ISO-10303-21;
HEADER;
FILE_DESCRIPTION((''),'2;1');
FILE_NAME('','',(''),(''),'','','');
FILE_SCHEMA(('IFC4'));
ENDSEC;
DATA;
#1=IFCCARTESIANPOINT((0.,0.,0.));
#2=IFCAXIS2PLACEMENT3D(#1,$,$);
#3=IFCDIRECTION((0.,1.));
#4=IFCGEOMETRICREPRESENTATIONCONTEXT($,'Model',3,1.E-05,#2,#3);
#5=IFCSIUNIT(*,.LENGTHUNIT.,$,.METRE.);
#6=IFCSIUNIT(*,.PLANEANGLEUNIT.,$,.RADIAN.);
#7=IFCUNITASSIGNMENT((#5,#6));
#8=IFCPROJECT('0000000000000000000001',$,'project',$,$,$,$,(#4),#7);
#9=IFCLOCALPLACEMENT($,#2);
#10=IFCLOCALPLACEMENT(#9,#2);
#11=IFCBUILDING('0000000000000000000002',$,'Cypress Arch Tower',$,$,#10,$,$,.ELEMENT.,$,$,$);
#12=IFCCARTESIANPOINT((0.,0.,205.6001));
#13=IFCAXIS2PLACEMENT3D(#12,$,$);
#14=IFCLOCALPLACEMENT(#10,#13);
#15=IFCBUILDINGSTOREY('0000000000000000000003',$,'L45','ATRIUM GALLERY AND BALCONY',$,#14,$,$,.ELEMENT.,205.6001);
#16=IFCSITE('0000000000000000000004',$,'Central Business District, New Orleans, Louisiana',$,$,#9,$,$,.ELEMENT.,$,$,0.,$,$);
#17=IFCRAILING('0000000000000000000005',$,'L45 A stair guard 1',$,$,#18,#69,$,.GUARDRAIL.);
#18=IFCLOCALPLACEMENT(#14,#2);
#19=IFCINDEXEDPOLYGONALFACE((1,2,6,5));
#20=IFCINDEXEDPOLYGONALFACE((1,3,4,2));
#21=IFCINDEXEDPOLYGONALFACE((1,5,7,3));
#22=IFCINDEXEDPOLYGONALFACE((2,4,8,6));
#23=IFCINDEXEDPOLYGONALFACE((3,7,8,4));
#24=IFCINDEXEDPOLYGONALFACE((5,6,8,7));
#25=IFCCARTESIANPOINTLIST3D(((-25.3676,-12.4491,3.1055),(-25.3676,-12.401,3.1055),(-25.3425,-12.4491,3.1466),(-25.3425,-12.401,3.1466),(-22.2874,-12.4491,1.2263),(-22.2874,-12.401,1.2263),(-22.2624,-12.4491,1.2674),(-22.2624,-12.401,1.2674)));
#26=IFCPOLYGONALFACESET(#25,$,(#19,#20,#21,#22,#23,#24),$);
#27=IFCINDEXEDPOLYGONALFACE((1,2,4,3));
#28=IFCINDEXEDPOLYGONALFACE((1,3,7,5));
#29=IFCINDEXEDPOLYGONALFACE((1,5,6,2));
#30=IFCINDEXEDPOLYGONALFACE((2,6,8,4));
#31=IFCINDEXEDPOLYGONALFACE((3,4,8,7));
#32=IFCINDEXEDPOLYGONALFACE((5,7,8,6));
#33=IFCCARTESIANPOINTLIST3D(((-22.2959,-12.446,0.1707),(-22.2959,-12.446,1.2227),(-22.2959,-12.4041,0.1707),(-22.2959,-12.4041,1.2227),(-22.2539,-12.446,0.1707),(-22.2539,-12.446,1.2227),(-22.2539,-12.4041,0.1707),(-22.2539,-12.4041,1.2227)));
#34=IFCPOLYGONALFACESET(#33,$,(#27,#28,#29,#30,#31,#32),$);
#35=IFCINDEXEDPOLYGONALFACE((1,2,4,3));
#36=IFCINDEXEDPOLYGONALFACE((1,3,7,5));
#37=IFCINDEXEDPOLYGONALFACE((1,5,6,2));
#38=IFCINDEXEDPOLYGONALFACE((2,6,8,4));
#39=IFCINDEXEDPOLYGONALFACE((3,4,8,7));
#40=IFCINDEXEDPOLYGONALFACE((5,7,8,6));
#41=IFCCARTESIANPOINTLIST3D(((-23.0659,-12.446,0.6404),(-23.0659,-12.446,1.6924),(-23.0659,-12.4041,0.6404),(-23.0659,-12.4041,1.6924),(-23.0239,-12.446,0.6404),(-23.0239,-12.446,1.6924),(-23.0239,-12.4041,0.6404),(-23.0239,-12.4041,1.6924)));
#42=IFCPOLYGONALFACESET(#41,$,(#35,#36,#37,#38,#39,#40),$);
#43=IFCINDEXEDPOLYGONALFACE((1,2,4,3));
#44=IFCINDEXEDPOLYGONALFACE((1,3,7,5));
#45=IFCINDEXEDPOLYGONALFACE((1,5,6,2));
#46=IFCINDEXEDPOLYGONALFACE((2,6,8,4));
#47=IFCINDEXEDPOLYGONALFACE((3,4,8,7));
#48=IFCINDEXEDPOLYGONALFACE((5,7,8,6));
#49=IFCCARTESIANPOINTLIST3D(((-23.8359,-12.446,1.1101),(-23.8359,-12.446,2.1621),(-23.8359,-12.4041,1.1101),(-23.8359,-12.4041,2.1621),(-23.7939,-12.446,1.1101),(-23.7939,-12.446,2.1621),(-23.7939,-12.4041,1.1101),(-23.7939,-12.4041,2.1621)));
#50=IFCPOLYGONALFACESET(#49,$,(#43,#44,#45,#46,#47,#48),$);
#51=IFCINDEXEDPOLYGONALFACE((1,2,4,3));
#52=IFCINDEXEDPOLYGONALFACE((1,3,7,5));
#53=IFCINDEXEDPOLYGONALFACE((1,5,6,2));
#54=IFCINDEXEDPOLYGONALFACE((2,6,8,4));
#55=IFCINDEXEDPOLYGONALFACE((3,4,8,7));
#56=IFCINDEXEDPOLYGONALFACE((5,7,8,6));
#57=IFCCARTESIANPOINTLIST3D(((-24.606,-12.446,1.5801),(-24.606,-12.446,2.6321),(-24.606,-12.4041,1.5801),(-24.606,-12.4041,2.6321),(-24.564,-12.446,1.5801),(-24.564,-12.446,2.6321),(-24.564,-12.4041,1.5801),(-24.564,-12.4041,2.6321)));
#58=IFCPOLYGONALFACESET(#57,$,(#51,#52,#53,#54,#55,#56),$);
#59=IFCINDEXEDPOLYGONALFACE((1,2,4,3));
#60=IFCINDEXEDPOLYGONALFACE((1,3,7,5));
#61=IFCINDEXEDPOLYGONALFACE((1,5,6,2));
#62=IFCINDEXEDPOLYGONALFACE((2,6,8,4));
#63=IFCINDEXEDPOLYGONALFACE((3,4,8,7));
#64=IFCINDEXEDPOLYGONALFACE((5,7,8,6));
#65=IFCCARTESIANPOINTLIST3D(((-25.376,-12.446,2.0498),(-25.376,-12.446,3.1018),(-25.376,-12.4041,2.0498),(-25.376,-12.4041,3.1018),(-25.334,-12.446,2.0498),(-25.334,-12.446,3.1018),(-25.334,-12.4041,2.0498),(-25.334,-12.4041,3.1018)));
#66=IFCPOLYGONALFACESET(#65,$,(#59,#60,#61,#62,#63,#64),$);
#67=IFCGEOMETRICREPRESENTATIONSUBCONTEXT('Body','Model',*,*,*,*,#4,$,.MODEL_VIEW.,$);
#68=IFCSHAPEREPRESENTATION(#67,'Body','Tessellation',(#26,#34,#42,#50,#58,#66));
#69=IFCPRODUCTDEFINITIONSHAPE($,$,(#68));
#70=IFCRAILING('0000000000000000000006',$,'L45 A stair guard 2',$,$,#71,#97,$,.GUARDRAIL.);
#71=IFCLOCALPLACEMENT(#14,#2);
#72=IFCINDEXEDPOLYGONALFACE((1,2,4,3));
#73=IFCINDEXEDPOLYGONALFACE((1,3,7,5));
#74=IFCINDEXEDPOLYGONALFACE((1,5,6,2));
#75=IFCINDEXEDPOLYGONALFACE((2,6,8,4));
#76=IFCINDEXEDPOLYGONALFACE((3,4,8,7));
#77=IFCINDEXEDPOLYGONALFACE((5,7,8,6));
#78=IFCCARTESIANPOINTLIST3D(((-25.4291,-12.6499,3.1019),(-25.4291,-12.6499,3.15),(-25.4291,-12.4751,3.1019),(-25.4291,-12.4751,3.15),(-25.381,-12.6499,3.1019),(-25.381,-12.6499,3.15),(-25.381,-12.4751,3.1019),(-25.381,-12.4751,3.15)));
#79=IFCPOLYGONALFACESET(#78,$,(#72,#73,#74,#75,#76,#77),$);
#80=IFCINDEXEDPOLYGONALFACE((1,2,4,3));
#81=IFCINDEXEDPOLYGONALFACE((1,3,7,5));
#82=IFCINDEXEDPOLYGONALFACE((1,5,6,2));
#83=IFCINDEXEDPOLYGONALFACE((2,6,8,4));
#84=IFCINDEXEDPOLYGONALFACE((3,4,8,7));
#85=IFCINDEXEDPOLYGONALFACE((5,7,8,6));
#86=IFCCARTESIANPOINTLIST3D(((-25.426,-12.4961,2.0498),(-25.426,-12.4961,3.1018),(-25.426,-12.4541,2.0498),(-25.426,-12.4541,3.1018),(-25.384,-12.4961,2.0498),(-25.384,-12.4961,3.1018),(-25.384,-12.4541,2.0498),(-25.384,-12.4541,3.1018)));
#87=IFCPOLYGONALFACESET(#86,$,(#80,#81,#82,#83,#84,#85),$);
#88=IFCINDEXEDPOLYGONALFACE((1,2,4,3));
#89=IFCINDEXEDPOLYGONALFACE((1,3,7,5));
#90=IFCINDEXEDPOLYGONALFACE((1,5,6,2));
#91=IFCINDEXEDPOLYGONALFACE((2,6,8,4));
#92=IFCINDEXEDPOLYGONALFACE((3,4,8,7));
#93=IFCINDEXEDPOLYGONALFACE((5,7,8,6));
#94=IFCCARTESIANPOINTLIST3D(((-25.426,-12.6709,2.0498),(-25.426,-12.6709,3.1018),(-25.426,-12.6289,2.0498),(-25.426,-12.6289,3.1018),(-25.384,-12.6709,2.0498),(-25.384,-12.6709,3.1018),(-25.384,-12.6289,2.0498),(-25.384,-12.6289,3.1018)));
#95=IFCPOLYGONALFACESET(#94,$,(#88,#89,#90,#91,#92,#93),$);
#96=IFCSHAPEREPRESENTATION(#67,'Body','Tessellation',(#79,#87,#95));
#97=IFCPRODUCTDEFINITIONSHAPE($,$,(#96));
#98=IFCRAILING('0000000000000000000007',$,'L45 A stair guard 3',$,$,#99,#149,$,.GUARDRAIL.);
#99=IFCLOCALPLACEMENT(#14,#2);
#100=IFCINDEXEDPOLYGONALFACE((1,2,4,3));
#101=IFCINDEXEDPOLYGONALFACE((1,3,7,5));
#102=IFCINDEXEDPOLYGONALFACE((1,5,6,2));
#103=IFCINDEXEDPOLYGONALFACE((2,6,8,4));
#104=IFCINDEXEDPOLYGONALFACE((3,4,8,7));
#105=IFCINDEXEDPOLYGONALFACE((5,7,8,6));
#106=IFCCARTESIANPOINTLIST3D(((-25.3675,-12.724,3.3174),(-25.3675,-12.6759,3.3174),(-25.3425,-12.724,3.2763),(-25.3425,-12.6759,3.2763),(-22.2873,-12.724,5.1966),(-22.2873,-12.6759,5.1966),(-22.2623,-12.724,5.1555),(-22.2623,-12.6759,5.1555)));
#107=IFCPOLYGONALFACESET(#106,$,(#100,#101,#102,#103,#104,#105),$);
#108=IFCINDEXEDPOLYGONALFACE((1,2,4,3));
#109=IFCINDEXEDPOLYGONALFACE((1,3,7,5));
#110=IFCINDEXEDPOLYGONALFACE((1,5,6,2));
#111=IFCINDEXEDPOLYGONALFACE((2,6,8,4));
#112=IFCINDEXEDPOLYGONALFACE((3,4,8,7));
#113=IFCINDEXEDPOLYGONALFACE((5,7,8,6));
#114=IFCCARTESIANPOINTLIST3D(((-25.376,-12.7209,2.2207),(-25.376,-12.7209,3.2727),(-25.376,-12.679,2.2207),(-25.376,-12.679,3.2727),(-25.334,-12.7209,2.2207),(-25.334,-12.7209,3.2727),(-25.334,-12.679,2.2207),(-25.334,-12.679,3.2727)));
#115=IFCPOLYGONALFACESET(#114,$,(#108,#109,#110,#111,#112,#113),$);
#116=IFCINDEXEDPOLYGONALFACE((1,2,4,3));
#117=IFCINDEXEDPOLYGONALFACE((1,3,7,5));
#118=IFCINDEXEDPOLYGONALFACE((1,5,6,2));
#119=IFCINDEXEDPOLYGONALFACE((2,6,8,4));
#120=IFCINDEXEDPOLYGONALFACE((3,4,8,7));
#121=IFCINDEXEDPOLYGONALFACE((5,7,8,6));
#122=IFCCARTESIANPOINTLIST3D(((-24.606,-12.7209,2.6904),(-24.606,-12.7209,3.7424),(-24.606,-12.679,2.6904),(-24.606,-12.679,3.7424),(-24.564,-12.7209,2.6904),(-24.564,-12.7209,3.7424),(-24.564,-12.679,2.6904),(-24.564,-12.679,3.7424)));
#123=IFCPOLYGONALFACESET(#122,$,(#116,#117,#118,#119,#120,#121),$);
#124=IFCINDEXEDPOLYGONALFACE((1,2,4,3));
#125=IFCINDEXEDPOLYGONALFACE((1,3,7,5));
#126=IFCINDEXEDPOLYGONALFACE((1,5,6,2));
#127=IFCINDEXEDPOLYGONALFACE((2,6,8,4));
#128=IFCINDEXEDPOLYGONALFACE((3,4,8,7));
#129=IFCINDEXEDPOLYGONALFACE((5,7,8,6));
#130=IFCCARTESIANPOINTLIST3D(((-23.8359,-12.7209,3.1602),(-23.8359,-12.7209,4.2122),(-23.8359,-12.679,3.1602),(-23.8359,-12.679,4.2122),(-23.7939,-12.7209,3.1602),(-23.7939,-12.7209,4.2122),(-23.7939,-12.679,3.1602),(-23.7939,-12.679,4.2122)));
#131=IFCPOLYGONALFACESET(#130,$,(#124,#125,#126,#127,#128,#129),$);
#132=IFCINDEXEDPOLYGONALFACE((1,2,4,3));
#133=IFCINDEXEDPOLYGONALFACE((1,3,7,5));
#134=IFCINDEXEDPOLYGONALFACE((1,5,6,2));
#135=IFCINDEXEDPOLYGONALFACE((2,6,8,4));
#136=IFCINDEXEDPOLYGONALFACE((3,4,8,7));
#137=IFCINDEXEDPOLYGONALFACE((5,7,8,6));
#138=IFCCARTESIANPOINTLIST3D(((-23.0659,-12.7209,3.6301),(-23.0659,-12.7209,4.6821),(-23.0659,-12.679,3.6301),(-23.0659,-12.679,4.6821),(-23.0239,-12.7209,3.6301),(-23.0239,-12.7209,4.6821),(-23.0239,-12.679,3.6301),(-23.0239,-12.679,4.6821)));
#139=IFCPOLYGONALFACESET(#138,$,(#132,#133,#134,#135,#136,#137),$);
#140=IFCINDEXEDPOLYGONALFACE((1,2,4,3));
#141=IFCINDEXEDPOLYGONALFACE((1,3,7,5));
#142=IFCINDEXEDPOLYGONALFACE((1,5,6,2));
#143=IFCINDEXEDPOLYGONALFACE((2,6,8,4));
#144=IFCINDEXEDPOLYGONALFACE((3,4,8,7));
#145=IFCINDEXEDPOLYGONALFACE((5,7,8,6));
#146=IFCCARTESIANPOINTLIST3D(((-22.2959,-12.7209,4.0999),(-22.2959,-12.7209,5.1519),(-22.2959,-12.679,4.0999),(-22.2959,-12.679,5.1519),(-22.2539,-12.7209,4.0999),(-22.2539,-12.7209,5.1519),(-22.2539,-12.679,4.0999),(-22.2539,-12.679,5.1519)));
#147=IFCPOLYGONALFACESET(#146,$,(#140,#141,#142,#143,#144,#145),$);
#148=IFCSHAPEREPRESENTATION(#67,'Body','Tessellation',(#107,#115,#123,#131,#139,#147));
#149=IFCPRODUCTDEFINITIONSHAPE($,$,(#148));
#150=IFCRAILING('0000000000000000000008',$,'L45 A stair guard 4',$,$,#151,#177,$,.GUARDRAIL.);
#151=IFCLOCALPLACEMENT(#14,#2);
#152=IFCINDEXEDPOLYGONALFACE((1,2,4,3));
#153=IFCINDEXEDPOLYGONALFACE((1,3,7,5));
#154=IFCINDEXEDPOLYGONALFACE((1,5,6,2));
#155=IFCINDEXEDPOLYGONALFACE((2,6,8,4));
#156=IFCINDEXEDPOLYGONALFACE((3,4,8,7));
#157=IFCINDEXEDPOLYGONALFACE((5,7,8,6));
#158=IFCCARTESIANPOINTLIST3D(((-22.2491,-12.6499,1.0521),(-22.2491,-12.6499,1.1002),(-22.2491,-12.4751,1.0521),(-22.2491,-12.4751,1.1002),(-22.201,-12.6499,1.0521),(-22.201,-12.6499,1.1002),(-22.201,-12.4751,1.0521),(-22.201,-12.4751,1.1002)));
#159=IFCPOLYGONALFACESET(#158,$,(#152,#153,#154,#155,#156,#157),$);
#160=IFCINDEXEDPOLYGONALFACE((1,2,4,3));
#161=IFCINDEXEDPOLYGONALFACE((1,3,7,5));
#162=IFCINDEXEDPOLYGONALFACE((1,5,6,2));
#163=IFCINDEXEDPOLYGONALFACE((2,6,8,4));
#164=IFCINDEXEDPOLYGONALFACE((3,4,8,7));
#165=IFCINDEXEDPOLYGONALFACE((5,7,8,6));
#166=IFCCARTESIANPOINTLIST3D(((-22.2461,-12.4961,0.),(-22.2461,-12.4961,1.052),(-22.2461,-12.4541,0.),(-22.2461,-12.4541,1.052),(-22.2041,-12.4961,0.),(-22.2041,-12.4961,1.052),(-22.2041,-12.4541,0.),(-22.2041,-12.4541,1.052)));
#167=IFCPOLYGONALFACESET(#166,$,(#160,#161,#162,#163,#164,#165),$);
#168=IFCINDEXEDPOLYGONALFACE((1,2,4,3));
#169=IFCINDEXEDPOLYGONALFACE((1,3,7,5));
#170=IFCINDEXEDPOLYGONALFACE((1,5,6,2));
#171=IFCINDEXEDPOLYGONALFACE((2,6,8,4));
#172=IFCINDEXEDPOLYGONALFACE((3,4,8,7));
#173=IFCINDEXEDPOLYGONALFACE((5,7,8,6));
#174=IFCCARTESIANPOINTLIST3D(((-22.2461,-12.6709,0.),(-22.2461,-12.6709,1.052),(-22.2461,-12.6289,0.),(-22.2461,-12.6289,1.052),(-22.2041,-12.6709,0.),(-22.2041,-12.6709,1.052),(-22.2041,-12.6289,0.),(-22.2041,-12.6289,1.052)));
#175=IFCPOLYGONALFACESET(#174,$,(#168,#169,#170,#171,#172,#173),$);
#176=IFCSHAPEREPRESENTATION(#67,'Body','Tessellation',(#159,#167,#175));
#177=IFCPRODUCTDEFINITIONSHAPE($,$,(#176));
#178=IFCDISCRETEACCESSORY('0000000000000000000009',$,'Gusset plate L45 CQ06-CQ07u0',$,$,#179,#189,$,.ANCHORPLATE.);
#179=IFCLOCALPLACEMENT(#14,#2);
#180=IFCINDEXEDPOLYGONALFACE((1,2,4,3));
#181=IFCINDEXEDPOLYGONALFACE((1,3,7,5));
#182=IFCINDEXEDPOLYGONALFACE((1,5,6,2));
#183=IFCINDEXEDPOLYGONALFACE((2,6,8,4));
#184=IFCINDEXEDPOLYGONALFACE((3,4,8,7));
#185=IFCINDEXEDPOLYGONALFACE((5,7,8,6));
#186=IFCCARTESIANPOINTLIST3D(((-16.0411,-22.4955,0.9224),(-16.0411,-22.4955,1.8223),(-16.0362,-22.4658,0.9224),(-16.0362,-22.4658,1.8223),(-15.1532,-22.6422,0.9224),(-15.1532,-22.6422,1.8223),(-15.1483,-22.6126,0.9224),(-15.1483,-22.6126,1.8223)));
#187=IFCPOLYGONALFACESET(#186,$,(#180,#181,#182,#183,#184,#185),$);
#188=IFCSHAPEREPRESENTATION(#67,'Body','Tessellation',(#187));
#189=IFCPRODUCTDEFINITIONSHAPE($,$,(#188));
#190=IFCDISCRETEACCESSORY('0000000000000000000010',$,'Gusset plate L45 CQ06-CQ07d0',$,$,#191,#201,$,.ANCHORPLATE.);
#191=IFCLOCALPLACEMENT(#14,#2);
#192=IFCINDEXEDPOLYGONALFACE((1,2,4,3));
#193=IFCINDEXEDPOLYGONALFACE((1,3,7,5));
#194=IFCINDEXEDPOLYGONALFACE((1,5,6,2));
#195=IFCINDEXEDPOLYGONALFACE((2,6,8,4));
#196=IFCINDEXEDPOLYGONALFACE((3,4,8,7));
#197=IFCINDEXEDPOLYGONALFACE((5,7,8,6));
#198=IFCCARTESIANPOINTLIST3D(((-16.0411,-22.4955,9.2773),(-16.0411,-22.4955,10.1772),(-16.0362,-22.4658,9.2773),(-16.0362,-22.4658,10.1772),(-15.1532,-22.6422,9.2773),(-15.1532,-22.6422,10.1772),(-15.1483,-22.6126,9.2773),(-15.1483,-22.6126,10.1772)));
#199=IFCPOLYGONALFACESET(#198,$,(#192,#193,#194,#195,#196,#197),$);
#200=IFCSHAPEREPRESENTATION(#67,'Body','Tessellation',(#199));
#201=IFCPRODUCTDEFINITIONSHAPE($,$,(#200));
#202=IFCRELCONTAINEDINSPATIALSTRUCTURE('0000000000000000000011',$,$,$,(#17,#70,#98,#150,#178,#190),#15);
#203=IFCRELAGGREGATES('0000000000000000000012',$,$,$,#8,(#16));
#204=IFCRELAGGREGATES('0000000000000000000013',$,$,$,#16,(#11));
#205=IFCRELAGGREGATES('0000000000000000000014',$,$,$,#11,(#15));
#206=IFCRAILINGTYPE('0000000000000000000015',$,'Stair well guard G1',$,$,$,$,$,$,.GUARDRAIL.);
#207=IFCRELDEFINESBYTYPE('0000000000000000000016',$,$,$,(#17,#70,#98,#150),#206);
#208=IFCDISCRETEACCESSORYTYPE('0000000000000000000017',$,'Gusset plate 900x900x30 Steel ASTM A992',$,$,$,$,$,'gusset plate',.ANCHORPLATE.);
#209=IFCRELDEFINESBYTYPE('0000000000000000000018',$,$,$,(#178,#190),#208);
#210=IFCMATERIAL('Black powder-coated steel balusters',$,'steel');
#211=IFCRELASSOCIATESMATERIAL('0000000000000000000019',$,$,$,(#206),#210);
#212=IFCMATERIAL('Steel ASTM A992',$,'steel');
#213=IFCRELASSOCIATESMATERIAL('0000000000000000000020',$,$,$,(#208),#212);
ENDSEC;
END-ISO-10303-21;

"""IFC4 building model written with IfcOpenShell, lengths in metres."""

from ifc_helpers import new_model, si_unit, direction, frame, origin, origin_2d, place, context, subcontext, project, spatial, rectangle, extrude, material, material_profile, profile_set, type_object, element, save


model = new_model("IFC4")

# Units and contexts
model_context = context("Model", 3, precision=1e-05, world=origin(), true_north=direction((0.0, 1.0)))
body_context = subcontext(model_context, "Body", "Model", "MODEL_VIEW")
ifc_project = project(units=[si_unit("LENGTHUNIT", "METRE"), si_unit("PLANEANGLEUNIT", "RADIAN")], contexts=[model_context])

# Site, building, storey
site_placement = place(None, origin())
site = spatial("IfcSite", under=ifc_project, at=site_placement, Name="Central Business District, New Orleans, Louisiana", CompositionType="ELEMENT", RefElevation=0.0)
building_placement = place(site_placement, origin())
building = spatial("IfcBuilding", under=site, at=building_placement, Name="Cypress Arch Tower", CompositionType="ELEMENT")
storey_placement = place(building_placement, frame((0.0, 0.0, 205.6001)))
storey = spatial("IfcBuildingStorey", under=building, at=storey_placement, Name="L45", Description="ATRIUM GALLERY AND BALCONY", CompositionType="ELEMENT", Elevation=205.6001)

# Railings
ifc_material_1 = material(Name="Black powder-coated steel balusters", Category="steel")
railing_type_1 = type_object("IfcRailingType", Name="Stair well guard G1", PredefinedType="GUARDRAIL", material=ifc_material_1)
railing_1_placement = place(storey_placement, frame((-22.2749, -12.425, 0.1707)))
element("IfcRailing", 1, at=railing_1_placement, inside=storey, type_object=railing_type_1, Name="L45 A stair guard 1", PredefinedType="GUARDRAIL", context=body_context, shape_type="SweptSolid", body=[
    extrude(rectangle(XDim=0.0481, YDim=0.0481, at=origin_2d()), frame((0.0, 0.0, 1.0762), z_axis=(-0.853666, 0.0, 0.52082), x_axis=(0.0, -1.0, 0.0)), (0.0, 0.0, 1.0), 3.6082),
    extrude(rectangle(XDim=0.042, YDim=0.042, at=origin_2d()), origin(), (0.0, 0.0, 1.0), 1.052),
    extrude(rectangle(XDim=0.042, YDim=0.042, at=origin_2d()), frame((-0.77, 0.0, 0.4697)), (0.0, 0.0, 1.0), 1.052),
    extrude(rectangle(XDim=0.042, YDim=0.042, at=origin_2d()), frame((-1.54, 0.0, 0.9395)), (0.0, 0.0, 1.0), 1.052),
    extrude(rectangle(XDim=0.042, YDim=0.042, at=origin_2d()), frame((-2.3101, 0.0, 1.4094)), (0.0, 0.0, 1.0), 1.052),
    extrude(rectangle(XDim=0.042, YDim=0.042, at=origin_2d()), frame((-3.0801, 0.0, 1.8792)), (0.0, 0.0, 1.0), 1.052),
])
railing_2_placement = place(storey_placement, frame((-25.405, -12.4751, 2.0498)))
element("IfcRailing", 2, at=railing_2_placement, inside=storey, type_object=railing_type_1, Name="L45 A stair guard 2", PredefinedType="GUARDRAIL", context=body_context, shape_type="SweptSolid", body=[
    extrude(rectangle(XDim=0.0481, YDim=0.0481, at=origin_2d()), frame((0.0, 0.0, 1.0762), z_axis=(0.0, -1.0, 0.0), x_axis=(1.0, 0.0, 0.0)), (0.0, 0.0, 1.0), 0.1748),
    extrude(rectangle(XDim=0.042, YDim=0.042, at=origin_2d()), origin(), (0.0, 0.0, 1.0), 1.052),
    extrude(rectangle(XDim=0.042, YDim=0.042, at=origin_2d()), frame((0.0, -0.1748, 0.0)), (0.0, 0.0, 1.0), 1.052),
])
railing_3_placement = place(storey_placement, frame((-25.355, -12.7, 2.2207)))
element("IfcRailing", 3, at=railing_3_placement, inside=storey, type_object=railing_type_1, Name="L45 A stair guard 3", PredefinedType="GUARDRAIL", context=body_context, shape_type="SweptSolid", body=[
    extrude(rectangle(XDim=0.0481, YDim=0.0481, at=origin_2d()), frame((0.0, 0.0, 1.0762), z_axis=(0.853666, 0.0, 0.52082), x_axis=(0.0, 1.0, 0.0)), (0.0, 0.0, 1.0), 3.6082),
    extrude(rectangle(XDim=0.042, YDim=0.042, at=origin_2d()), origin(), (0.0, 0.0, 1.0), 1.052),
    extrude(rectangle(XDim=0.042, YDim=0.042, at=origin_2d()), frame((0.77, 0.0, 0.4697)), (0.0, 0.0, 1.0), 1.052),
    extrude(rectangle(XDim=0.042, YDim=0.042, at=origin_2d()), frame((1.54, 0.0, 0.9395)), (0.0, 0.0, 1.0), 1.052),
    extrude(rectangle(XDim=0.042, YDim=0.042, at=origin_2d()), frame((2.3101, 0.0, 1.4094)), (0.0, 0.0, 1.0), 1.052),
    extrude(rectangle(XDim=0.042, YDim=0.042, at=origin_2d()), frame((3.0801, 0.0, 1.8792)), (0.0, 0.0, 1.0), 1.052),
])
railing_4_placement = place(storey_placement, frame((-22.2251, -12.4751, 0.0)))
element("IfcRailing", 4, at=railing_4_placement, inside=storey, type_object=railing_type_1, Name="L45 A stair guard 4", PredefinedType="GUARDRAIL", context=body_context, shape_type="SweptSolid", body=[
    extrude(rectangle(XDim=0.0481, YDim=0.0481, at=origin_2d()), frame((0.0, 0.0, 1.0762), z_axis=(0.0, -1.0, 0.0), x_axis=(1.0, 0.0, 0.0)), (0.0, 0.0, 1.0), 0.1748),
    extrude(rectangle(XDim=0.042, YDim=0.042, at=origin_2d()), origin(), (0.0, 0.0, 1.0), 1.052),
    extrude(rectangle(XDim=0.042, YDim=0.042, at=origin_2d()), frame((0.0, -0.1748, 0.0)), (0.0, 0.0, 1.0), 1.052),
])

# Discrete accessories
ifc_material_2 = material(Name="Steel ASTM A992", Category="steel")
ifc_material_profile_1 = material_profile(ifc_material_2, rectangle(XDim=0.8999, YDim=0.8999, at=origin_2d()), Name="PL 30 900x900")
ifc_profile_set_1 = profile_set([ifc_material_profile_1], Name="Steel ASTM A992")
discrete_accessory_type = type_object("IfcDiscreteAccessoryType", Name="Gusset plate 900x900x30 Steel ASTM A992", ElementType="gusset plate", PredefinedType="ANCHORPLATE", material=ifc_profile_set_1)
for number, where, z_axis, x_axis, name in (
    (5, (-15.5972, -22.5688, 1.3723), (0.163077, 0.986613, 0.0), (-0.986613, 0.163077, 0.0), "Gusset plate L45 CQ06-CQ07u0"),
    (6, (-15.5972, -22.5688, 9.7273), (0.163077, 0.986613, 0.0), (-0.986613, 0.163077, 0.0), "Gusset plate L45 CQ06-CQ07d0"),
):
    element("IfcDiscreteAccessory", number, at=place(storey_placement, frame(where, z_axis=z_axis, x_axis=x_axis)), inside=storey, type_object=discrete_accessory_type, Name=name, PredefinedType="ANCHORPLATE", context=body_context, shape_type="SweptSolid", body=[
        extrude(rectangle(XDim=0.8999, YDim=0.8999, at=origin_2d()), origin(), (0.0, 0.0, 1.0), 0.03),
    ])

save(model, "model.ifc")
